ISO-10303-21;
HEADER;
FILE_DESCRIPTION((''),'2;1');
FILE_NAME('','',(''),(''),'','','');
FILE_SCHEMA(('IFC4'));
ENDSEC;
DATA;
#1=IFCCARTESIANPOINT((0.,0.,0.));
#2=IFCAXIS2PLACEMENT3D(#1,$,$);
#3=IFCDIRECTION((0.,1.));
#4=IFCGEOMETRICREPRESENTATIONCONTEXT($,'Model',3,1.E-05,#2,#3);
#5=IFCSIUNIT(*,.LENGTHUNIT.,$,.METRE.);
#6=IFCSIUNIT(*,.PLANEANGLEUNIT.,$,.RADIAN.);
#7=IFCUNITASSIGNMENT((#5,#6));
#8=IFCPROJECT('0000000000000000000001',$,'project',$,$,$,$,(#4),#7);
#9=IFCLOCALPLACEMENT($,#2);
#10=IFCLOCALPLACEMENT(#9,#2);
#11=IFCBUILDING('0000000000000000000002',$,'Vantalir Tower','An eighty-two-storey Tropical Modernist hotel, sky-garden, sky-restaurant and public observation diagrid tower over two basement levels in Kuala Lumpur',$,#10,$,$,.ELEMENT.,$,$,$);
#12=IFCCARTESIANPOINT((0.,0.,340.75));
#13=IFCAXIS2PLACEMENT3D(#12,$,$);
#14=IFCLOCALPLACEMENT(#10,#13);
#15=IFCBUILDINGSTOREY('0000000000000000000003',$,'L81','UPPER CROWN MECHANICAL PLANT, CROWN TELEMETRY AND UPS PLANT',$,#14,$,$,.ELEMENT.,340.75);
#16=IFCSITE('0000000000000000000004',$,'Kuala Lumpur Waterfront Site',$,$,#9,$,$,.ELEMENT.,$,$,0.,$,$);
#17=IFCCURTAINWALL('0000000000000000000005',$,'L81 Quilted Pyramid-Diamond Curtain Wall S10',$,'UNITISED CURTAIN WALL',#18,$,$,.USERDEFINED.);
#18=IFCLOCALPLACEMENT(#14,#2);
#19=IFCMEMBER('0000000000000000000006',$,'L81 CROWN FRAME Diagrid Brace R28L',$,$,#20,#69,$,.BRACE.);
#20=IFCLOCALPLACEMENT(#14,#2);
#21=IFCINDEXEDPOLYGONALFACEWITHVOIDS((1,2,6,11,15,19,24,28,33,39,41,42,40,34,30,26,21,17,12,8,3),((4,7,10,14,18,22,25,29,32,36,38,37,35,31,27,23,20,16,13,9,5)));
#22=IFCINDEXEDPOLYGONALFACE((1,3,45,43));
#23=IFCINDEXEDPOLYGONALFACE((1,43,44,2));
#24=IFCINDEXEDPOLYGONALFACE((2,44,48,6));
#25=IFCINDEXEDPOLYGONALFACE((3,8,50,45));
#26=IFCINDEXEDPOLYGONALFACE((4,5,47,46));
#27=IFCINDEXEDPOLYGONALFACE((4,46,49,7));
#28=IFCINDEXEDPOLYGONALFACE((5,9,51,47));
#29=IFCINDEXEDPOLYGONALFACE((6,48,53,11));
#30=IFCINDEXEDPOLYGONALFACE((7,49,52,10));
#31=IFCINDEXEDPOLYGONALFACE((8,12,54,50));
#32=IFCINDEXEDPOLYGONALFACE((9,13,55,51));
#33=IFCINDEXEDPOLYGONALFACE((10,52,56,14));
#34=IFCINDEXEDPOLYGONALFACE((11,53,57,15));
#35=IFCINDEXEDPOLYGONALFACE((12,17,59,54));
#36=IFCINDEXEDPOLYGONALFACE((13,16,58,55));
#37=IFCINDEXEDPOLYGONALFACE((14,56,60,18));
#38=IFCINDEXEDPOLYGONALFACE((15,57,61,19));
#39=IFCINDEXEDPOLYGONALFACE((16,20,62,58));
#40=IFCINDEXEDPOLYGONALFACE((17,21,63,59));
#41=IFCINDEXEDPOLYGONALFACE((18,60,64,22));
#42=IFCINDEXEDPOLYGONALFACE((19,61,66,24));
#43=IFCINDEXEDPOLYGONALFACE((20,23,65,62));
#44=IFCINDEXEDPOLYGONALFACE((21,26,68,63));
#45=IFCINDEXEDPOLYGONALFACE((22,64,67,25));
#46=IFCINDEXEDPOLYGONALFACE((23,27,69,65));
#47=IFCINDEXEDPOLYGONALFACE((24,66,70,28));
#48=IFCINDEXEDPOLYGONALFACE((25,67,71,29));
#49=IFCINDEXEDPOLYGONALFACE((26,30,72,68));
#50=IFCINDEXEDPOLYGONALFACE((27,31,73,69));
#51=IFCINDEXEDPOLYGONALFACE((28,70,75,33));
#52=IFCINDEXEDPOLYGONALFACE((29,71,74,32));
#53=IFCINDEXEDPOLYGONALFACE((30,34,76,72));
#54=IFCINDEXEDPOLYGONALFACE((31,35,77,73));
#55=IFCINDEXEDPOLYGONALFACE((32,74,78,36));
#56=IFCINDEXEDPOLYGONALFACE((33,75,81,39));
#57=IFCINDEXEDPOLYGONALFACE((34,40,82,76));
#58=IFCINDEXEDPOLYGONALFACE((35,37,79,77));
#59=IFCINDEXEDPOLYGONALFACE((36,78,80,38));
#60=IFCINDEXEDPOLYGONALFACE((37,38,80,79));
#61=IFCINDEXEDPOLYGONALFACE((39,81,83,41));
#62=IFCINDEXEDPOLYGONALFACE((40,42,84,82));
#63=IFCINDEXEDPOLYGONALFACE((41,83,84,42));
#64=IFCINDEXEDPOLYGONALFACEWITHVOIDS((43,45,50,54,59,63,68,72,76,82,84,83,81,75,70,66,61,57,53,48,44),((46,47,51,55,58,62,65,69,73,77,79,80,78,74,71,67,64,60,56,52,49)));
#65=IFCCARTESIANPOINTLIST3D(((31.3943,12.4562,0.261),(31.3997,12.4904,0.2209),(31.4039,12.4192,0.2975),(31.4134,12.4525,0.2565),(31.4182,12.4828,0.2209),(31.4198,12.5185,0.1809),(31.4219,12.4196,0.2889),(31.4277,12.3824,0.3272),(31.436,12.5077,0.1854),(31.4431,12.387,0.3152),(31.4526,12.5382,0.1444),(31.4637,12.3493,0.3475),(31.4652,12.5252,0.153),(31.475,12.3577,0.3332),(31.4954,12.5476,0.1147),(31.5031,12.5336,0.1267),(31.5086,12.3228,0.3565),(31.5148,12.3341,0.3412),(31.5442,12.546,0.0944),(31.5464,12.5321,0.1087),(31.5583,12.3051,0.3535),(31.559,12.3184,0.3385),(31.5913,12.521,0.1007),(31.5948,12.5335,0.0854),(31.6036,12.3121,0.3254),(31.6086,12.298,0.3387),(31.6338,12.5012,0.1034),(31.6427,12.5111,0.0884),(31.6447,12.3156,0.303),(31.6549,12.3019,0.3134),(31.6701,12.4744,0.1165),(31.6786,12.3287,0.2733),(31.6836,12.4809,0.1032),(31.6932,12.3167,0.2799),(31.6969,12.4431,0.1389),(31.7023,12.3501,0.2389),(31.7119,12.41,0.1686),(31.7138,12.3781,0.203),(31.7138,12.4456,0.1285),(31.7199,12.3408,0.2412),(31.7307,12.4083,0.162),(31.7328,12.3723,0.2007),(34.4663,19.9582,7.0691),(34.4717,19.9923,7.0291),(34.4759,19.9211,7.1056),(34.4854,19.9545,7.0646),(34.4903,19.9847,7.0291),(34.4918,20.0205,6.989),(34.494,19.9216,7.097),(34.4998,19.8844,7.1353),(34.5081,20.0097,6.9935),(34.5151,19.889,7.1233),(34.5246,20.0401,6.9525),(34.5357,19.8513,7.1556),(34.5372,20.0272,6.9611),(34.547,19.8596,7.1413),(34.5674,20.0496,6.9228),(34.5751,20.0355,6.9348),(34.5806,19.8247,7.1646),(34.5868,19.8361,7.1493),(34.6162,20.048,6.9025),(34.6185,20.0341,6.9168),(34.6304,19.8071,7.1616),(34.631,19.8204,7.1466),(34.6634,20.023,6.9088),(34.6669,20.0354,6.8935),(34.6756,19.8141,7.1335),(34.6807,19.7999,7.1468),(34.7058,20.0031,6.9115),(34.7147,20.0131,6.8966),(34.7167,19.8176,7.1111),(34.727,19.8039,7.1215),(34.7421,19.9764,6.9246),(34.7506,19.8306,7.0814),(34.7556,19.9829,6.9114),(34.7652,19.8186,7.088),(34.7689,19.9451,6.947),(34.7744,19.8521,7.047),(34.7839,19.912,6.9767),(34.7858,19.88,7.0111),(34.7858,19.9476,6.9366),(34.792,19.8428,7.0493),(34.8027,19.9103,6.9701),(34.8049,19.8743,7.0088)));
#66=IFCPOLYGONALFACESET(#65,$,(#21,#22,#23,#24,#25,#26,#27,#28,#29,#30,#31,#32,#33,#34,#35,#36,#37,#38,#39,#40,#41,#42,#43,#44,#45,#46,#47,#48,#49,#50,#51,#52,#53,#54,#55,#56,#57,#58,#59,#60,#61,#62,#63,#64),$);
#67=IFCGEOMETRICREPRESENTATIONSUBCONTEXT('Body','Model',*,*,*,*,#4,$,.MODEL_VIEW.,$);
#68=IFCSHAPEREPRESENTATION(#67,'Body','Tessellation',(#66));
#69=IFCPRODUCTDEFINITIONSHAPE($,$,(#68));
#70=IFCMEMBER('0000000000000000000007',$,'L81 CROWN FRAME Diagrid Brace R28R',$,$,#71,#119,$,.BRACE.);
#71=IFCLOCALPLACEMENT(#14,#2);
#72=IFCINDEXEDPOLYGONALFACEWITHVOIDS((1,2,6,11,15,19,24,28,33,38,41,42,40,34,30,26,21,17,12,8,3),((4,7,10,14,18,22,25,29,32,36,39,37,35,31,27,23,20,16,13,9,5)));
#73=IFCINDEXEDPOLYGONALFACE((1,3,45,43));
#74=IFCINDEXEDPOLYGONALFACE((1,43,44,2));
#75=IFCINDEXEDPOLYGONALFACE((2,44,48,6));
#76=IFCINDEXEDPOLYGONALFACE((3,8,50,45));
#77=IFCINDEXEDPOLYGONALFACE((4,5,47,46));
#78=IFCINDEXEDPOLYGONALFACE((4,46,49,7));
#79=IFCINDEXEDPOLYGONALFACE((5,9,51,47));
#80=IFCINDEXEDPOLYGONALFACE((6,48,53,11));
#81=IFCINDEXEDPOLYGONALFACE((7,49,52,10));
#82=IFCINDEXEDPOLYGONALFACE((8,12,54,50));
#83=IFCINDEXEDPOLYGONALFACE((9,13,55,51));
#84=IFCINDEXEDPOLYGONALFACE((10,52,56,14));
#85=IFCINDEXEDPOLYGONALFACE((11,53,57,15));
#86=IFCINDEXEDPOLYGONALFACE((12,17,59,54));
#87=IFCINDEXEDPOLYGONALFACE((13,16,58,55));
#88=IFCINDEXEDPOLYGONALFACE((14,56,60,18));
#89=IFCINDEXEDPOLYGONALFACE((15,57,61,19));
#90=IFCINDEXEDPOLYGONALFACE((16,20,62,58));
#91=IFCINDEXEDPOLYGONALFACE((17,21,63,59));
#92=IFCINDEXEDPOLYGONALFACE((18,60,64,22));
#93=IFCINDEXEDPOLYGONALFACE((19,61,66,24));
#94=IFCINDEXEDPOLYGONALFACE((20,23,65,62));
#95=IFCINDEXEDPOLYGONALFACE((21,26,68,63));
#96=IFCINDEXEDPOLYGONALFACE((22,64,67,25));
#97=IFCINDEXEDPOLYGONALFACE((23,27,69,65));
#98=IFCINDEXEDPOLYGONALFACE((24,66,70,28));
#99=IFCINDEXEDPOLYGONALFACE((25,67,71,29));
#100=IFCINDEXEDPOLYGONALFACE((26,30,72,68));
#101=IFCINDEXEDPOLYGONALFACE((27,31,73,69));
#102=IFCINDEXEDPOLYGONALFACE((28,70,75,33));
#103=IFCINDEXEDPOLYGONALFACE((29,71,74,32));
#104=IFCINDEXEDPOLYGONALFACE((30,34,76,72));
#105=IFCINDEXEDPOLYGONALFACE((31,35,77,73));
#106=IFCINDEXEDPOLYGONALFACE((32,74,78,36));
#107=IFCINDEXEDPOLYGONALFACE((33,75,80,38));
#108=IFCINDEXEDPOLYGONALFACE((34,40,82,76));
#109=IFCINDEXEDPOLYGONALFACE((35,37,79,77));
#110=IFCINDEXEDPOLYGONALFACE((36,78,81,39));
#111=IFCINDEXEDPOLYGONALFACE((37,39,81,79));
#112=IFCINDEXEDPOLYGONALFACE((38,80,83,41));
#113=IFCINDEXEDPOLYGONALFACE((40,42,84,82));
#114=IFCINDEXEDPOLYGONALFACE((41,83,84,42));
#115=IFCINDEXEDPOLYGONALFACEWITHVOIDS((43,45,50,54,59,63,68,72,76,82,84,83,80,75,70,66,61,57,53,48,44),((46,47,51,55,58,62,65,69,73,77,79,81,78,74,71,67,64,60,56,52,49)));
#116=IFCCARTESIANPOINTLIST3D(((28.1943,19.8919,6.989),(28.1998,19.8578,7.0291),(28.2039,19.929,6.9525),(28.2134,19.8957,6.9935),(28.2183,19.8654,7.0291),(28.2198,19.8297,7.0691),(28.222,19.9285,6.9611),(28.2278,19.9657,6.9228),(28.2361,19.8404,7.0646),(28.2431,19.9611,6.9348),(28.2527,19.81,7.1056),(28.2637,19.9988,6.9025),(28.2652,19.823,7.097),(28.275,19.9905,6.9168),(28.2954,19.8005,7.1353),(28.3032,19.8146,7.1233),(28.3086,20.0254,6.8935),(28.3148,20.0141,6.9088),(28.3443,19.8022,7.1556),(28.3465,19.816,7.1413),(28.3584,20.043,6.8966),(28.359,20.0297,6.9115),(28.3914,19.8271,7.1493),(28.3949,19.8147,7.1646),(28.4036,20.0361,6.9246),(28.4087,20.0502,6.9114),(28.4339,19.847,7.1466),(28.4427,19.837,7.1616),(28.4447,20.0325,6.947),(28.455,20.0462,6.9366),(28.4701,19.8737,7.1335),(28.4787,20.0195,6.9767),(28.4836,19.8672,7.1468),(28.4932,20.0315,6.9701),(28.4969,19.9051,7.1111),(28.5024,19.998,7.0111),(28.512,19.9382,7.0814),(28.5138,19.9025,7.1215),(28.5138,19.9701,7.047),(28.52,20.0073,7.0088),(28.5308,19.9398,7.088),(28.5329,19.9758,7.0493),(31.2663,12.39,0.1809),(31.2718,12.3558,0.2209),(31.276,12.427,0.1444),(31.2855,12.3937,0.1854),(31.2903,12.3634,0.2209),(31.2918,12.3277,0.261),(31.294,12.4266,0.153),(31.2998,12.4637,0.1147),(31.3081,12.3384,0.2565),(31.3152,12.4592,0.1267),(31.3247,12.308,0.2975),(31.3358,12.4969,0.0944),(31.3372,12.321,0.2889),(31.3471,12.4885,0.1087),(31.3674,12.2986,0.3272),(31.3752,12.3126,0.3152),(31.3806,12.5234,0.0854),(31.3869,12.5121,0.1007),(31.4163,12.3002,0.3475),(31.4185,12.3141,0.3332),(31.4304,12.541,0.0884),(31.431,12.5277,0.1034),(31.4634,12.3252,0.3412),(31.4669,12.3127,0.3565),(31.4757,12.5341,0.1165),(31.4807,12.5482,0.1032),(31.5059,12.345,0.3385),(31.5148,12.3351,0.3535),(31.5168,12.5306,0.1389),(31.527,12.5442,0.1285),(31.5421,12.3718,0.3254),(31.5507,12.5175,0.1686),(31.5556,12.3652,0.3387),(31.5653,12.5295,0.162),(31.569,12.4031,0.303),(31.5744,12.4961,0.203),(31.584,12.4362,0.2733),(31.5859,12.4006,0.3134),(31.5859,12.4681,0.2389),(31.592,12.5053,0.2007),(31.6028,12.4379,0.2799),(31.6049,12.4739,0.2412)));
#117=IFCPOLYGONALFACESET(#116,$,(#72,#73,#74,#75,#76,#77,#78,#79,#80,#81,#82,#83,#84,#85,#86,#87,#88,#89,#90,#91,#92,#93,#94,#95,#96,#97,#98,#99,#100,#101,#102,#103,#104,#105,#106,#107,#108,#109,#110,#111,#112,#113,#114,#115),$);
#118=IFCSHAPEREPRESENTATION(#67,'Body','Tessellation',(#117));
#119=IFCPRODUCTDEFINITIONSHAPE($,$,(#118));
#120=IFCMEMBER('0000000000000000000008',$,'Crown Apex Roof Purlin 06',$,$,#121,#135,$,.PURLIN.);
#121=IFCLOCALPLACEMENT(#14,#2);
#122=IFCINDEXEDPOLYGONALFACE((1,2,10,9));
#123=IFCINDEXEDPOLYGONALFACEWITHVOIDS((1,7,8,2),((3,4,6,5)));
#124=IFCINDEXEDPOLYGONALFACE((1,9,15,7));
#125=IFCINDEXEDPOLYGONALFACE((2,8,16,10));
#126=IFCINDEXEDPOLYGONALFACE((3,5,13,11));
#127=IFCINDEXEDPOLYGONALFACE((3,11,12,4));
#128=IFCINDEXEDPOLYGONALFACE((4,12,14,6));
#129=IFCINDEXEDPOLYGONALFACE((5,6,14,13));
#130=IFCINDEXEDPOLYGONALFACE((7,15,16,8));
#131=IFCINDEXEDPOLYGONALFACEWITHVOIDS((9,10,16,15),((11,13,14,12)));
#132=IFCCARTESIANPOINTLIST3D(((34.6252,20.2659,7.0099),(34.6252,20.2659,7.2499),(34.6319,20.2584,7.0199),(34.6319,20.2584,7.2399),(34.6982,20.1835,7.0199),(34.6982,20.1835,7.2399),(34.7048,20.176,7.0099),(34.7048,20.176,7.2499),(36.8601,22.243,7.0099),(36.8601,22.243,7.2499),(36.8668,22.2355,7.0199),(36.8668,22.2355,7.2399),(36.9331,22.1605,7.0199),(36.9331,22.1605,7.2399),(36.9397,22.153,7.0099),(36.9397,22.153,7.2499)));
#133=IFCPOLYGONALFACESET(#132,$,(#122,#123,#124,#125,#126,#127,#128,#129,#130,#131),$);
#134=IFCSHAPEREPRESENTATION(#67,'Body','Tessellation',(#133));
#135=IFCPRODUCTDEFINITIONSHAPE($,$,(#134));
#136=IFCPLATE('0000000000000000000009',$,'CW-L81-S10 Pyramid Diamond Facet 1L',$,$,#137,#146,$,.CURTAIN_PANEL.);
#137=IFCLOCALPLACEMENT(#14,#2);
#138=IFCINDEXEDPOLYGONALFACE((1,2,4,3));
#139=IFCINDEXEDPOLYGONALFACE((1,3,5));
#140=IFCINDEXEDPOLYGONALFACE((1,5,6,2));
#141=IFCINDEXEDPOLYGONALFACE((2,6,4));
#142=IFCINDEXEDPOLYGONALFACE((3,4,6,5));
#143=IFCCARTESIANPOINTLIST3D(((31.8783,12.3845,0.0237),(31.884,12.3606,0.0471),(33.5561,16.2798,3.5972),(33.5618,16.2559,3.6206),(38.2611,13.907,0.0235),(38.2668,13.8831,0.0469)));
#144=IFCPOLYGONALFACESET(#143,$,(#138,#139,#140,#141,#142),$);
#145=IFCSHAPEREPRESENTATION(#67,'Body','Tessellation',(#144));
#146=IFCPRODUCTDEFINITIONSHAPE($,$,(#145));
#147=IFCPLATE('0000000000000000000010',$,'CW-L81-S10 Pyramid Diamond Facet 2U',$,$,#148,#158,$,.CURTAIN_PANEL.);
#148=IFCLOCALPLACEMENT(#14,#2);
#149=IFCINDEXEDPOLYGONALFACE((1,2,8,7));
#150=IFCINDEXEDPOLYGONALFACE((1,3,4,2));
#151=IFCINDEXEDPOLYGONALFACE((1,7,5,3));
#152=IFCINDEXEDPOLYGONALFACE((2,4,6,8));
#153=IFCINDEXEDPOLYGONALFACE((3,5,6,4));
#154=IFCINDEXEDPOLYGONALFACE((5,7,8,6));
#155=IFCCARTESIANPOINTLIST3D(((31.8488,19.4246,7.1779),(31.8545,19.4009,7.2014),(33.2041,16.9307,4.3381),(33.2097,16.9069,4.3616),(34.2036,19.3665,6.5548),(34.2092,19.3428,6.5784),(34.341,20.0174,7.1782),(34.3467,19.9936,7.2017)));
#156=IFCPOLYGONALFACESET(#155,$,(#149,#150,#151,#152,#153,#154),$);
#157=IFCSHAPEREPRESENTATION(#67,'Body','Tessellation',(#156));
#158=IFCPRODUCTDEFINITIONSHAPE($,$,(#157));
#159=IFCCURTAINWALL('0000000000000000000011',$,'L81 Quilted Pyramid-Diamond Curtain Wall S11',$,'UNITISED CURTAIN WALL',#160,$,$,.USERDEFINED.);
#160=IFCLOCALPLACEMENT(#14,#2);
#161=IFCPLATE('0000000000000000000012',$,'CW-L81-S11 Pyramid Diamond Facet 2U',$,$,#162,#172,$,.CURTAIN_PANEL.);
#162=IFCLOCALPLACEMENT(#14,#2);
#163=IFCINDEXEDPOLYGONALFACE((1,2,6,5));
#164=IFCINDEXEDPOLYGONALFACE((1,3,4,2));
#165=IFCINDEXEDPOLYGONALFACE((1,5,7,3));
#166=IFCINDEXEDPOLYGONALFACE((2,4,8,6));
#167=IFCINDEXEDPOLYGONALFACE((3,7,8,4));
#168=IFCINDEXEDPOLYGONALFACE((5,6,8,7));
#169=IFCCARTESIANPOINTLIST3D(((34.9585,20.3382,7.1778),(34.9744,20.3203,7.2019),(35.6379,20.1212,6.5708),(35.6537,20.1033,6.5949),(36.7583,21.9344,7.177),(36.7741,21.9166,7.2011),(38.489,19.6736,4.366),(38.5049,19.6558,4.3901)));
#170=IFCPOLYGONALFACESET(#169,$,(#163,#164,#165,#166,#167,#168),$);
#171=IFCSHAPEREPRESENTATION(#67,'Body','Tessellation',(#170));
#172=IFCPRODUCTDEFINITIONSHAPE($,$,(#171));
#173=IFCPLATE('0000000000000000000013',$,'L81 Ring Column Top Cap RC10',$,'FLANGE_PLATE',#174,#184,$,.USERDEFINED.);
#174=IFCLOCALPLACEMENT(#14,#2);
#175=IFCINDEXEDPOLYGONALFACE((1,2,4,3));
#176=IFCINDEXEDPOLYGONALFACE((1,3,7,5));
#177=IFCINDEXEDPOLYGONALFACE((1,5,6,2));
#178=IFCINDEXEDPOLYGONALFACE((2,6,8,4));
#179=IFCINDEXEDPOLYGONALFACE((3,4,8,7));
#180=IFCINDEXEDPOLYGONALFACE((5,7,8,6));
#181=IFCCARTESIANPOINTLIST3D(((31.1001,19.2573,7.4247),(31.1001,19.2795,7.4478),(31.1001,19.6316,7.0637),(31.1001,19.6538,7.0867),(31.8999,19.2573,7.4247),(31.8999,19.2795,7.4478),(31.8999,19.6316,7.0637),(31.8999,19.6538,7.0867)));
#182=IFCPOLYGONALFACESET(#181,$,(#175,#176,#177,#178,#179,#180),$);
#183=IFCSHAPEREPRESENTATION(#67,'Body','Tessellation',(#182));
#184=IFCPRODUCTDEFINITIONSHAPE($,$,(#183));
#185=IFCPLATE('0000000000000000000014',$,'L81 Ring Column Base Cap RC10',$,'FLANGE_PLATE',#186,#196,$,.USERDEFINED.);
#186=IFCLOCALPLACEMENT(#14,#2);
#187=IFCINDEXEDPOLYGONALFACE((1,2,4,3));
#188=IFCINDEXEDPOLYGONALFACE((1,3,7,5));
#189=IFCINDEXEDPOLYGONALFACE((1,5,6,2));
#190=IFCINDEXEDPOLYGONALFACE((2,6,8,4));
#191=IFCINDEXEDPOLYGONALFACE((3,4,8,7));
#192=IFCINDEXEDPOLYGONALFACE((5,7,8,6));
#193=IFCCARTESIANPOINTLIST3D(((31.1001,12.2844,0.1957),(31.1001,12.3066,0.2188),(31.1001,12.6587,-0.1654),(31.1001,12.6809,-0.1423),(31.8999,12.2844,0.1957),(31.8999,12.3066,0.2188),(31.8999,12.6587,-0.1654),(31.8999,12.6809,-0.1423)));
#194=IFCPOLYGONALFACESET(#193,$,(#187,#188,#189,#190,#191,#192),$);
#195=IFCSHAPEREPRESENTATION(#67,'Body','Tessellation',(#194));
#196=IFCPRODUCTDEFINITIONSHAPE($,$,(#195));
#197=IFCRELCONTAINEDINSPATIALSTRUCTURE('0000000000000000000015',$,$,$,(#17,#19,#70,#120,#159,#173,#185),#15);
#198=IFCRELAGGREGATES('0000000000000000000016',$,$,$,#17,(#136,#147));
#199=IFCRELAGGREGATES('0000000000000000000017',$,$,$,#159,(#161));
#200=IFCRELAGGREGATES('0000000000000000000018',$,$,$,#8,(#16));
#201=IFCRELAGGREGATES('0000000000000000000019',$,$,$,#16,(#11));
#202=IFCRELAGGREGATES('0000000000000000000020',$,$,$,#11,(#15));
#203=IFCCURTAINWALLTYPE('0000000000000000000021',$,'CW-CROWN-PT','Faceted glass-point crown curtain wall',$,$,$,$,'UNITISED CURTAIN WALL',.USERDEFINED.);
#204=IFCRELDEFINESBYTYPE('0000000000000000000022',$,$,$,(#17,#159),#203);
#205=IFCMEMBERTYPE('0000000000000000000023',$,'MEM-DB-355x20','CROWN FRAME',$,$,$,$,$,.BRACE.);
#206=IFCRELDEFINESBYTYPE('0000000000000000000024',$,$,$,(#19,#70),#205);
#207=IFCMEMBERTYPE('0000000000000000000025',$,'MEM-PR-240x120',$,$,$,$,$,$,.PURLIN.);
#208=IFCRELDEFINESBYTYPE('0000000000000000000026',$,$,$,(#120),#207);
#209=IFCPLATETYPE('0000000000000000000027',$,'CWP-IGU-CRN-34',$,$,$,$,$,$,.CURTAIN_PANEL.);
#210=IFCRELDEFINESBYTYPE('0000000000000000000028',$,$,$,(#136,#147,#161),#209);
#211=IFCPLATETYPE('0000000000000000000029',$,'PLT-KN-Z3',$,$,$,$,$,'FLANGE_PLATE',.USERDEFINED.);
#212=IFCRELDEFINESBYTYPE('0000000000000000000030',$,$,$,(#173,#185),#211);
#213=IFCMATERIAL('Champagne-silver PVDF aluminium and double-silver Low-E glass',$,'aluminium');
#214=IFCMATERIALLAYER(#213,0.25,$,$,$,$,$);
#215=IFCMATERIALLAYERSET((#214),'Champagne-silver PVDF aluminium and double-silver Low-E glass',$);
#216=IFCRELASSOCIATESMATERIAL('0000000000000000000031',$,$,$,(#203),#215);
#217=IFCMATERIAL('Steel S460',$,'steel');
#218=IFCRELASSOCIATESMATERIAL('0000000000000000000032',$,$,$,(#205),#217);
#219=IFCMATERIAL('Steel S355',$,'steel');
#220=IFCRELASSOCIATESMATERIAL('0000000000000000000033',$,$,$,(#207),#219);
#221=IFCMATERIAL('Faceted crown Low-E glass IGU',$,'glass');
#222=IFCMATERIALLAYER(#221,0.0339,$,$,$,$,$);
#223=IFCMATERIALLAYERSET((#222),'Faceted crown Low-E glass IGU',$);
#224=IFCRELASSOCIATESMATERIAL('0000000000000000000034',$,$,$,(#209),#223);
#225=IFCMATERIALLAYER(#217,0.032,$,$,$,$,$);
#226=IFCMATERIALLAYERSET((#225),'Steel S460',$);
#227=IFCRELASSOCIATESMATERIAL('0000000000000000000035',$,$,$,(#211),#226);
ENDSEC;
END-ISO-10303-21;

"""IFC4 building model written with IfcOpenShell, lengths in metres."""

from ifc_helpers import new_model, si_unit, direction, frame, origin, origin_2d, place, context, subcontext, project, spatial, polyline, hollow_rectangle, hollow_circle, outline, extrude, material, layer, layer_set, material_profile, profile_set, type_object, element, aggregate, save


model = new_model("IFC4")

# Units and contexts
model_context = context("Model", 3, precision=1e-05, world=origin(), true_north=direction((0.0, 1.0)))
body_context = subcontext(model_context, "Body", "Model", "MODEL_VIEW")
ifc_project = project(units=[si_unit("LENGTHUNIT", "METRE"), si_unit("PLANEANGLEUNIT", "RADIAN")], contexts=[model_context])

# Site, building, storey
site_placement = place(None, origin())
site = spatial("IfcSite", under=ifc_project, at=site_placement, Name="Kuala Lumpur Waterfront Site", CompositionType="ELEMENT", RefElevation=0.0)
building_placement = place(site_placement, origin())
building = spatial("IfcBuilding", under=site, at=building_placement, Name="Vantalir Tower", Description="An eighty-two-storey Tropical Modernist hotel, sky-garden, sky-restaurant and public observation diagrid tower over two basement levels in Kuala Lumpur", CompositionType="ELEMENT")
storey_placement = place(building_placement, frame((0.0, 0.0, 340.75)))
storey = spatial("IfcBuildingStorey", under=building, at=storey_placement, Name="L81", Description="UPPER CROWN MECHANICAL PLANT, CROWN TELEMETRY AND UPS PLANT", CompositionType="ELEMENT", Elevation=340.75)

# Shared definitions
ifc_material_1 = material(Name="Steel S460", Category="steel")

# Curtain wall
ifc_material_2 = material(Name="Champagne-silver PVDF aluminium and double-silver Low-E glass", Category="aluminium")
ifc_layer_1 = layer(ifc_material_2, 0.25)
ifc_layer_set_1 = layer_set([ifc_layer_1], Name="Champagne-silver PVDF aluminium and double-silver Low-E glass")
curtain_wall_type = type_object("IfcCurtainWallType", Name="CW-CROWN-PT", Description="Faceted glass-point crown curtain wall", ElementType="UNITISED CURTAIN WALL", PredefinedType="USERDEFINED", material=ifc_layer_set_1)
curtain_wall_1_placement = place(storey_placement, origin())
curtain_wall_1 = element("IfcCurtainWall", 1, at=curtain_wall_1_placement, inside=storey, type_object=curtain_wall_type, Name="L81 Quilted Pyramid-Diamond Curtain Wall S10", ObjectType="UNITISED CURTAIN WALL", PredefinedType="USERDEFINED")

# Members
ifc_material_profile_1 = material_profile(ifc_material_1, hollow_circle(Radius=0.1775, WallThickness=0.02, at=origin_2d()), Name="Steel S460")
ifc_profile_set_1 = profile_set([ifc_material_profile_1], Name="Steel S460")
member_type_1 = type_object("IfcMemberType", Name="MEM-DB-355x20", Description="CROWN FRAME", PredefinedType="BRACE", material=ifc_profile_set_1)
for number, where, z_axis, x_axis, name in (
    (2, (31.564, 12.4231, 0.2209), (0.290192, 0.708656, 0.643113), (-0.925415, 0.378954, 0.0), "L81 CROWN FRAME Diagrid Brace R28L"),
    (3, (31.436, 12.4231, 0.2209), (-0.290192, 0.708656, 0.643113), (-0.925415, -0.378954, 0.0), "L81 CROWN FRAME Diagrid Brace R28R"),
):
    element("IfcMember", number, at=place(storey_placement, frame(where, z_axis=z_axis, x_axis=x_axis)), inside=storey, type_object=member_type_1, Name=name, PredefinedType="BRACE", context=body_context, shape_type="SweptSolid", body=[
        extrude(hollow_circle(Radius=0.1775, WallThickness=0.02, at=origin_2d()), origin(), (0.0, 0.0, 1.0), 10.5862),
    ])
ifc_material_3 = material(Name="Steel S355", Category="steel")
ifc_material_profile_2 = material_profile(ifc_material_3, hollow_rectangle(XDim=0.1201, YDim=0.24, WallThickness=0.01, at=origin_2d()), Name="Steel S355")
ifc_profile_set_2 = profile_set([ifc_material_profile_2], Name="Steel S355")
member_type_2 = type_object("IfcMemberType", Name="MEM-PR-240x120", PredefinedType="PURLIN", material=ifc_profile_set_2)
member_1_placement = place(storey_placement, frame((34.665, 20.2209, 7.1299), z_axis=(0.748987, 0.662584, 0.0), x_axis=(-0.662584, 0.748987, 0.0)))
element("IfcMember", 4, at=member_1_placement, inside=storey, type_object=member_type_2, Name="Crown Apex Roof Purlin 06", PredefinedType="PURLIN", context=body_context, shape_type="SweptSolid", body=[
    extrude(hollow_rectangle(XDim=0.1201, YDim=0.24, WallThickness=0.01, at=origin_2d()), origin(), (0.0, 0.0, 1.0), 2.9839),
])

# Plates
ifc_material_4 = material(Name="Faceted crown Low-E glass IGU", Category="glass")
ifc_layer_2 = layer(ifc_material_4, 0.0339)
ifc_layer_set_2 = layer_set([ifc_layer_2], Name="Faceted crown Low-E glass IGU")
plate_type_1 = type_object("IfcPlateType", Name="CWP-IGU-CRN-34", PredefinedType="CURTAIN_PANEL", material=ifc_layer_set_2)
plate_1_placement = place(storey_placement, frame((31.884, 12.3606, 0.0471), z_axis=(0.168124, -0.704736, 0.689261), x_axis=(0.972712, 0.232016, -0.000037)))
plate_1 = element("IfcPlate", 5, at=plate_1_placement, type_object=plate_type_1, Name="CW-L81-S10 Pyramid Diamond Facet 1L", PredefinedType="CURTAIN_PANEL", context=body_context, shape_type="SweptSolid", body=[
    extrude(outline(polyline([(0.0, 0.0), (6.5619, 0.0), (2.5356, 4.9324), (0.0, 0.0)])), origin(), (0.0, 0.0, -1.0), 0.0339),
])
plate_2_placement = place(storey_placement, frame((31.8545, 19.4009, 7.2014), z_axis=(0.166435, -0.700158, 0.694319), x_axis=(0.972864, 0.231376, 0.000117)))
plate_2 = element("IfcPlate", 6, at=plate_2_placement, type_object=plate_type_1, Name="CW-L81-S10 Pyramid Diamond Facet 2U", PredefinedType="CURTAIN_PANEL", context=body_context, shape_type="SweptSolid", body=[
    extrude(outline(polyline([(0.0, 0.0), (2.5617, 0.0), (2.2773, -0.8661), (0.7411, -3.9461), (0.0, 0.0)])), origin(), (0.0, 0.0, -1.0), 0.0339),
])
aggregate(curtain_wall_1, [plate_1, plate_2])

# Curtain wall, plate
curtain_wall_2_placement = place(storey_placement, origin())
curtain_wall_2 = element("IfcCurtainWall", 7, at=curtain_wall_2_placement, inside=storey, type_object=curtain_wall_type, Name="L81 Quilted Pyramid-Diamond Curtain Wall S11", ObjectType="UNITISED CURTAIN WALL", PredefinedType="USERDEFINED")
plate_3_placement = place(storey_placement, frame((34.9744, 20.3203, 7.2019), z_axis=(0.466982, -0.526143, 0.710705), x_axis=(0.748134, 0.663548, -0.000343)))
plate_3 = element("IfcPlate", 8, at=plate_3_placement, type_object=plate_type_1, Name="CW-L81-S11 Pyramid Diamond Facet 2U", PredefinedType="CURTAIN_PANEL", context=body_context, shape_type="SweptSolid", body=[
    extrude(outline(polyline([(0.0, 0.0), (2.4056, 0.0), (2.2013, -3.9958), (0.3645, -0.8627), (0.0, 0.0)])), origin(), (0.0, 0.0, -1.0), 0.0339),
])
aggregate(curtain_wall_2, [plate_3])

# Plates
ifc_layer_3 = layer(ifc_material_1, 0.032)
ifc_layer_set_3 = layer_set([ifc_layer_3], Name="Steel S460")
plate_type_2 = type_object("IfcPlateType", Name="PLT-KN-Z3", ElementType="FLANGE_PLATE", PredefinedType="USERDEFINED", material=ifc_layer_set_3)
for number, where, z_axis, x_axis, name in (
    (9, (31.8999, 19.6538, 7.0867), (0.0, 0.694318, 0.719668), (-1.0, 0.0, 0.0), "L81 Ring Column Top Cap RC10"),
    (10, (31.8999, 12.6809, -0.1423), (0.0, 0.694318, 0.719668), (-1.0, 0.0, 0.0), "L81 Ring Column Base Cap RC10"),
):
    element("IfcPlate", number, at=place(storey_placement, frame(where, z_axis=z_axis, x_axis=x_axis)), inside=storey, type_object=plate_type_2, Name=name, ObjectType="FLANGE_PLATE", PredefinedType="USERDEFINED", context=body_context, shape_type="SweptSolid", body=[
        extrude(outline(polyline([(0.0, 0.0), (0.7998, 0.0), (0.7998, 0.5201), (0.0, 0.5201), (0.0, 0.0)])), origin(), (0.0, 0.0, -1.0), 0.032),
    ])

save(model, "model.ifc")
